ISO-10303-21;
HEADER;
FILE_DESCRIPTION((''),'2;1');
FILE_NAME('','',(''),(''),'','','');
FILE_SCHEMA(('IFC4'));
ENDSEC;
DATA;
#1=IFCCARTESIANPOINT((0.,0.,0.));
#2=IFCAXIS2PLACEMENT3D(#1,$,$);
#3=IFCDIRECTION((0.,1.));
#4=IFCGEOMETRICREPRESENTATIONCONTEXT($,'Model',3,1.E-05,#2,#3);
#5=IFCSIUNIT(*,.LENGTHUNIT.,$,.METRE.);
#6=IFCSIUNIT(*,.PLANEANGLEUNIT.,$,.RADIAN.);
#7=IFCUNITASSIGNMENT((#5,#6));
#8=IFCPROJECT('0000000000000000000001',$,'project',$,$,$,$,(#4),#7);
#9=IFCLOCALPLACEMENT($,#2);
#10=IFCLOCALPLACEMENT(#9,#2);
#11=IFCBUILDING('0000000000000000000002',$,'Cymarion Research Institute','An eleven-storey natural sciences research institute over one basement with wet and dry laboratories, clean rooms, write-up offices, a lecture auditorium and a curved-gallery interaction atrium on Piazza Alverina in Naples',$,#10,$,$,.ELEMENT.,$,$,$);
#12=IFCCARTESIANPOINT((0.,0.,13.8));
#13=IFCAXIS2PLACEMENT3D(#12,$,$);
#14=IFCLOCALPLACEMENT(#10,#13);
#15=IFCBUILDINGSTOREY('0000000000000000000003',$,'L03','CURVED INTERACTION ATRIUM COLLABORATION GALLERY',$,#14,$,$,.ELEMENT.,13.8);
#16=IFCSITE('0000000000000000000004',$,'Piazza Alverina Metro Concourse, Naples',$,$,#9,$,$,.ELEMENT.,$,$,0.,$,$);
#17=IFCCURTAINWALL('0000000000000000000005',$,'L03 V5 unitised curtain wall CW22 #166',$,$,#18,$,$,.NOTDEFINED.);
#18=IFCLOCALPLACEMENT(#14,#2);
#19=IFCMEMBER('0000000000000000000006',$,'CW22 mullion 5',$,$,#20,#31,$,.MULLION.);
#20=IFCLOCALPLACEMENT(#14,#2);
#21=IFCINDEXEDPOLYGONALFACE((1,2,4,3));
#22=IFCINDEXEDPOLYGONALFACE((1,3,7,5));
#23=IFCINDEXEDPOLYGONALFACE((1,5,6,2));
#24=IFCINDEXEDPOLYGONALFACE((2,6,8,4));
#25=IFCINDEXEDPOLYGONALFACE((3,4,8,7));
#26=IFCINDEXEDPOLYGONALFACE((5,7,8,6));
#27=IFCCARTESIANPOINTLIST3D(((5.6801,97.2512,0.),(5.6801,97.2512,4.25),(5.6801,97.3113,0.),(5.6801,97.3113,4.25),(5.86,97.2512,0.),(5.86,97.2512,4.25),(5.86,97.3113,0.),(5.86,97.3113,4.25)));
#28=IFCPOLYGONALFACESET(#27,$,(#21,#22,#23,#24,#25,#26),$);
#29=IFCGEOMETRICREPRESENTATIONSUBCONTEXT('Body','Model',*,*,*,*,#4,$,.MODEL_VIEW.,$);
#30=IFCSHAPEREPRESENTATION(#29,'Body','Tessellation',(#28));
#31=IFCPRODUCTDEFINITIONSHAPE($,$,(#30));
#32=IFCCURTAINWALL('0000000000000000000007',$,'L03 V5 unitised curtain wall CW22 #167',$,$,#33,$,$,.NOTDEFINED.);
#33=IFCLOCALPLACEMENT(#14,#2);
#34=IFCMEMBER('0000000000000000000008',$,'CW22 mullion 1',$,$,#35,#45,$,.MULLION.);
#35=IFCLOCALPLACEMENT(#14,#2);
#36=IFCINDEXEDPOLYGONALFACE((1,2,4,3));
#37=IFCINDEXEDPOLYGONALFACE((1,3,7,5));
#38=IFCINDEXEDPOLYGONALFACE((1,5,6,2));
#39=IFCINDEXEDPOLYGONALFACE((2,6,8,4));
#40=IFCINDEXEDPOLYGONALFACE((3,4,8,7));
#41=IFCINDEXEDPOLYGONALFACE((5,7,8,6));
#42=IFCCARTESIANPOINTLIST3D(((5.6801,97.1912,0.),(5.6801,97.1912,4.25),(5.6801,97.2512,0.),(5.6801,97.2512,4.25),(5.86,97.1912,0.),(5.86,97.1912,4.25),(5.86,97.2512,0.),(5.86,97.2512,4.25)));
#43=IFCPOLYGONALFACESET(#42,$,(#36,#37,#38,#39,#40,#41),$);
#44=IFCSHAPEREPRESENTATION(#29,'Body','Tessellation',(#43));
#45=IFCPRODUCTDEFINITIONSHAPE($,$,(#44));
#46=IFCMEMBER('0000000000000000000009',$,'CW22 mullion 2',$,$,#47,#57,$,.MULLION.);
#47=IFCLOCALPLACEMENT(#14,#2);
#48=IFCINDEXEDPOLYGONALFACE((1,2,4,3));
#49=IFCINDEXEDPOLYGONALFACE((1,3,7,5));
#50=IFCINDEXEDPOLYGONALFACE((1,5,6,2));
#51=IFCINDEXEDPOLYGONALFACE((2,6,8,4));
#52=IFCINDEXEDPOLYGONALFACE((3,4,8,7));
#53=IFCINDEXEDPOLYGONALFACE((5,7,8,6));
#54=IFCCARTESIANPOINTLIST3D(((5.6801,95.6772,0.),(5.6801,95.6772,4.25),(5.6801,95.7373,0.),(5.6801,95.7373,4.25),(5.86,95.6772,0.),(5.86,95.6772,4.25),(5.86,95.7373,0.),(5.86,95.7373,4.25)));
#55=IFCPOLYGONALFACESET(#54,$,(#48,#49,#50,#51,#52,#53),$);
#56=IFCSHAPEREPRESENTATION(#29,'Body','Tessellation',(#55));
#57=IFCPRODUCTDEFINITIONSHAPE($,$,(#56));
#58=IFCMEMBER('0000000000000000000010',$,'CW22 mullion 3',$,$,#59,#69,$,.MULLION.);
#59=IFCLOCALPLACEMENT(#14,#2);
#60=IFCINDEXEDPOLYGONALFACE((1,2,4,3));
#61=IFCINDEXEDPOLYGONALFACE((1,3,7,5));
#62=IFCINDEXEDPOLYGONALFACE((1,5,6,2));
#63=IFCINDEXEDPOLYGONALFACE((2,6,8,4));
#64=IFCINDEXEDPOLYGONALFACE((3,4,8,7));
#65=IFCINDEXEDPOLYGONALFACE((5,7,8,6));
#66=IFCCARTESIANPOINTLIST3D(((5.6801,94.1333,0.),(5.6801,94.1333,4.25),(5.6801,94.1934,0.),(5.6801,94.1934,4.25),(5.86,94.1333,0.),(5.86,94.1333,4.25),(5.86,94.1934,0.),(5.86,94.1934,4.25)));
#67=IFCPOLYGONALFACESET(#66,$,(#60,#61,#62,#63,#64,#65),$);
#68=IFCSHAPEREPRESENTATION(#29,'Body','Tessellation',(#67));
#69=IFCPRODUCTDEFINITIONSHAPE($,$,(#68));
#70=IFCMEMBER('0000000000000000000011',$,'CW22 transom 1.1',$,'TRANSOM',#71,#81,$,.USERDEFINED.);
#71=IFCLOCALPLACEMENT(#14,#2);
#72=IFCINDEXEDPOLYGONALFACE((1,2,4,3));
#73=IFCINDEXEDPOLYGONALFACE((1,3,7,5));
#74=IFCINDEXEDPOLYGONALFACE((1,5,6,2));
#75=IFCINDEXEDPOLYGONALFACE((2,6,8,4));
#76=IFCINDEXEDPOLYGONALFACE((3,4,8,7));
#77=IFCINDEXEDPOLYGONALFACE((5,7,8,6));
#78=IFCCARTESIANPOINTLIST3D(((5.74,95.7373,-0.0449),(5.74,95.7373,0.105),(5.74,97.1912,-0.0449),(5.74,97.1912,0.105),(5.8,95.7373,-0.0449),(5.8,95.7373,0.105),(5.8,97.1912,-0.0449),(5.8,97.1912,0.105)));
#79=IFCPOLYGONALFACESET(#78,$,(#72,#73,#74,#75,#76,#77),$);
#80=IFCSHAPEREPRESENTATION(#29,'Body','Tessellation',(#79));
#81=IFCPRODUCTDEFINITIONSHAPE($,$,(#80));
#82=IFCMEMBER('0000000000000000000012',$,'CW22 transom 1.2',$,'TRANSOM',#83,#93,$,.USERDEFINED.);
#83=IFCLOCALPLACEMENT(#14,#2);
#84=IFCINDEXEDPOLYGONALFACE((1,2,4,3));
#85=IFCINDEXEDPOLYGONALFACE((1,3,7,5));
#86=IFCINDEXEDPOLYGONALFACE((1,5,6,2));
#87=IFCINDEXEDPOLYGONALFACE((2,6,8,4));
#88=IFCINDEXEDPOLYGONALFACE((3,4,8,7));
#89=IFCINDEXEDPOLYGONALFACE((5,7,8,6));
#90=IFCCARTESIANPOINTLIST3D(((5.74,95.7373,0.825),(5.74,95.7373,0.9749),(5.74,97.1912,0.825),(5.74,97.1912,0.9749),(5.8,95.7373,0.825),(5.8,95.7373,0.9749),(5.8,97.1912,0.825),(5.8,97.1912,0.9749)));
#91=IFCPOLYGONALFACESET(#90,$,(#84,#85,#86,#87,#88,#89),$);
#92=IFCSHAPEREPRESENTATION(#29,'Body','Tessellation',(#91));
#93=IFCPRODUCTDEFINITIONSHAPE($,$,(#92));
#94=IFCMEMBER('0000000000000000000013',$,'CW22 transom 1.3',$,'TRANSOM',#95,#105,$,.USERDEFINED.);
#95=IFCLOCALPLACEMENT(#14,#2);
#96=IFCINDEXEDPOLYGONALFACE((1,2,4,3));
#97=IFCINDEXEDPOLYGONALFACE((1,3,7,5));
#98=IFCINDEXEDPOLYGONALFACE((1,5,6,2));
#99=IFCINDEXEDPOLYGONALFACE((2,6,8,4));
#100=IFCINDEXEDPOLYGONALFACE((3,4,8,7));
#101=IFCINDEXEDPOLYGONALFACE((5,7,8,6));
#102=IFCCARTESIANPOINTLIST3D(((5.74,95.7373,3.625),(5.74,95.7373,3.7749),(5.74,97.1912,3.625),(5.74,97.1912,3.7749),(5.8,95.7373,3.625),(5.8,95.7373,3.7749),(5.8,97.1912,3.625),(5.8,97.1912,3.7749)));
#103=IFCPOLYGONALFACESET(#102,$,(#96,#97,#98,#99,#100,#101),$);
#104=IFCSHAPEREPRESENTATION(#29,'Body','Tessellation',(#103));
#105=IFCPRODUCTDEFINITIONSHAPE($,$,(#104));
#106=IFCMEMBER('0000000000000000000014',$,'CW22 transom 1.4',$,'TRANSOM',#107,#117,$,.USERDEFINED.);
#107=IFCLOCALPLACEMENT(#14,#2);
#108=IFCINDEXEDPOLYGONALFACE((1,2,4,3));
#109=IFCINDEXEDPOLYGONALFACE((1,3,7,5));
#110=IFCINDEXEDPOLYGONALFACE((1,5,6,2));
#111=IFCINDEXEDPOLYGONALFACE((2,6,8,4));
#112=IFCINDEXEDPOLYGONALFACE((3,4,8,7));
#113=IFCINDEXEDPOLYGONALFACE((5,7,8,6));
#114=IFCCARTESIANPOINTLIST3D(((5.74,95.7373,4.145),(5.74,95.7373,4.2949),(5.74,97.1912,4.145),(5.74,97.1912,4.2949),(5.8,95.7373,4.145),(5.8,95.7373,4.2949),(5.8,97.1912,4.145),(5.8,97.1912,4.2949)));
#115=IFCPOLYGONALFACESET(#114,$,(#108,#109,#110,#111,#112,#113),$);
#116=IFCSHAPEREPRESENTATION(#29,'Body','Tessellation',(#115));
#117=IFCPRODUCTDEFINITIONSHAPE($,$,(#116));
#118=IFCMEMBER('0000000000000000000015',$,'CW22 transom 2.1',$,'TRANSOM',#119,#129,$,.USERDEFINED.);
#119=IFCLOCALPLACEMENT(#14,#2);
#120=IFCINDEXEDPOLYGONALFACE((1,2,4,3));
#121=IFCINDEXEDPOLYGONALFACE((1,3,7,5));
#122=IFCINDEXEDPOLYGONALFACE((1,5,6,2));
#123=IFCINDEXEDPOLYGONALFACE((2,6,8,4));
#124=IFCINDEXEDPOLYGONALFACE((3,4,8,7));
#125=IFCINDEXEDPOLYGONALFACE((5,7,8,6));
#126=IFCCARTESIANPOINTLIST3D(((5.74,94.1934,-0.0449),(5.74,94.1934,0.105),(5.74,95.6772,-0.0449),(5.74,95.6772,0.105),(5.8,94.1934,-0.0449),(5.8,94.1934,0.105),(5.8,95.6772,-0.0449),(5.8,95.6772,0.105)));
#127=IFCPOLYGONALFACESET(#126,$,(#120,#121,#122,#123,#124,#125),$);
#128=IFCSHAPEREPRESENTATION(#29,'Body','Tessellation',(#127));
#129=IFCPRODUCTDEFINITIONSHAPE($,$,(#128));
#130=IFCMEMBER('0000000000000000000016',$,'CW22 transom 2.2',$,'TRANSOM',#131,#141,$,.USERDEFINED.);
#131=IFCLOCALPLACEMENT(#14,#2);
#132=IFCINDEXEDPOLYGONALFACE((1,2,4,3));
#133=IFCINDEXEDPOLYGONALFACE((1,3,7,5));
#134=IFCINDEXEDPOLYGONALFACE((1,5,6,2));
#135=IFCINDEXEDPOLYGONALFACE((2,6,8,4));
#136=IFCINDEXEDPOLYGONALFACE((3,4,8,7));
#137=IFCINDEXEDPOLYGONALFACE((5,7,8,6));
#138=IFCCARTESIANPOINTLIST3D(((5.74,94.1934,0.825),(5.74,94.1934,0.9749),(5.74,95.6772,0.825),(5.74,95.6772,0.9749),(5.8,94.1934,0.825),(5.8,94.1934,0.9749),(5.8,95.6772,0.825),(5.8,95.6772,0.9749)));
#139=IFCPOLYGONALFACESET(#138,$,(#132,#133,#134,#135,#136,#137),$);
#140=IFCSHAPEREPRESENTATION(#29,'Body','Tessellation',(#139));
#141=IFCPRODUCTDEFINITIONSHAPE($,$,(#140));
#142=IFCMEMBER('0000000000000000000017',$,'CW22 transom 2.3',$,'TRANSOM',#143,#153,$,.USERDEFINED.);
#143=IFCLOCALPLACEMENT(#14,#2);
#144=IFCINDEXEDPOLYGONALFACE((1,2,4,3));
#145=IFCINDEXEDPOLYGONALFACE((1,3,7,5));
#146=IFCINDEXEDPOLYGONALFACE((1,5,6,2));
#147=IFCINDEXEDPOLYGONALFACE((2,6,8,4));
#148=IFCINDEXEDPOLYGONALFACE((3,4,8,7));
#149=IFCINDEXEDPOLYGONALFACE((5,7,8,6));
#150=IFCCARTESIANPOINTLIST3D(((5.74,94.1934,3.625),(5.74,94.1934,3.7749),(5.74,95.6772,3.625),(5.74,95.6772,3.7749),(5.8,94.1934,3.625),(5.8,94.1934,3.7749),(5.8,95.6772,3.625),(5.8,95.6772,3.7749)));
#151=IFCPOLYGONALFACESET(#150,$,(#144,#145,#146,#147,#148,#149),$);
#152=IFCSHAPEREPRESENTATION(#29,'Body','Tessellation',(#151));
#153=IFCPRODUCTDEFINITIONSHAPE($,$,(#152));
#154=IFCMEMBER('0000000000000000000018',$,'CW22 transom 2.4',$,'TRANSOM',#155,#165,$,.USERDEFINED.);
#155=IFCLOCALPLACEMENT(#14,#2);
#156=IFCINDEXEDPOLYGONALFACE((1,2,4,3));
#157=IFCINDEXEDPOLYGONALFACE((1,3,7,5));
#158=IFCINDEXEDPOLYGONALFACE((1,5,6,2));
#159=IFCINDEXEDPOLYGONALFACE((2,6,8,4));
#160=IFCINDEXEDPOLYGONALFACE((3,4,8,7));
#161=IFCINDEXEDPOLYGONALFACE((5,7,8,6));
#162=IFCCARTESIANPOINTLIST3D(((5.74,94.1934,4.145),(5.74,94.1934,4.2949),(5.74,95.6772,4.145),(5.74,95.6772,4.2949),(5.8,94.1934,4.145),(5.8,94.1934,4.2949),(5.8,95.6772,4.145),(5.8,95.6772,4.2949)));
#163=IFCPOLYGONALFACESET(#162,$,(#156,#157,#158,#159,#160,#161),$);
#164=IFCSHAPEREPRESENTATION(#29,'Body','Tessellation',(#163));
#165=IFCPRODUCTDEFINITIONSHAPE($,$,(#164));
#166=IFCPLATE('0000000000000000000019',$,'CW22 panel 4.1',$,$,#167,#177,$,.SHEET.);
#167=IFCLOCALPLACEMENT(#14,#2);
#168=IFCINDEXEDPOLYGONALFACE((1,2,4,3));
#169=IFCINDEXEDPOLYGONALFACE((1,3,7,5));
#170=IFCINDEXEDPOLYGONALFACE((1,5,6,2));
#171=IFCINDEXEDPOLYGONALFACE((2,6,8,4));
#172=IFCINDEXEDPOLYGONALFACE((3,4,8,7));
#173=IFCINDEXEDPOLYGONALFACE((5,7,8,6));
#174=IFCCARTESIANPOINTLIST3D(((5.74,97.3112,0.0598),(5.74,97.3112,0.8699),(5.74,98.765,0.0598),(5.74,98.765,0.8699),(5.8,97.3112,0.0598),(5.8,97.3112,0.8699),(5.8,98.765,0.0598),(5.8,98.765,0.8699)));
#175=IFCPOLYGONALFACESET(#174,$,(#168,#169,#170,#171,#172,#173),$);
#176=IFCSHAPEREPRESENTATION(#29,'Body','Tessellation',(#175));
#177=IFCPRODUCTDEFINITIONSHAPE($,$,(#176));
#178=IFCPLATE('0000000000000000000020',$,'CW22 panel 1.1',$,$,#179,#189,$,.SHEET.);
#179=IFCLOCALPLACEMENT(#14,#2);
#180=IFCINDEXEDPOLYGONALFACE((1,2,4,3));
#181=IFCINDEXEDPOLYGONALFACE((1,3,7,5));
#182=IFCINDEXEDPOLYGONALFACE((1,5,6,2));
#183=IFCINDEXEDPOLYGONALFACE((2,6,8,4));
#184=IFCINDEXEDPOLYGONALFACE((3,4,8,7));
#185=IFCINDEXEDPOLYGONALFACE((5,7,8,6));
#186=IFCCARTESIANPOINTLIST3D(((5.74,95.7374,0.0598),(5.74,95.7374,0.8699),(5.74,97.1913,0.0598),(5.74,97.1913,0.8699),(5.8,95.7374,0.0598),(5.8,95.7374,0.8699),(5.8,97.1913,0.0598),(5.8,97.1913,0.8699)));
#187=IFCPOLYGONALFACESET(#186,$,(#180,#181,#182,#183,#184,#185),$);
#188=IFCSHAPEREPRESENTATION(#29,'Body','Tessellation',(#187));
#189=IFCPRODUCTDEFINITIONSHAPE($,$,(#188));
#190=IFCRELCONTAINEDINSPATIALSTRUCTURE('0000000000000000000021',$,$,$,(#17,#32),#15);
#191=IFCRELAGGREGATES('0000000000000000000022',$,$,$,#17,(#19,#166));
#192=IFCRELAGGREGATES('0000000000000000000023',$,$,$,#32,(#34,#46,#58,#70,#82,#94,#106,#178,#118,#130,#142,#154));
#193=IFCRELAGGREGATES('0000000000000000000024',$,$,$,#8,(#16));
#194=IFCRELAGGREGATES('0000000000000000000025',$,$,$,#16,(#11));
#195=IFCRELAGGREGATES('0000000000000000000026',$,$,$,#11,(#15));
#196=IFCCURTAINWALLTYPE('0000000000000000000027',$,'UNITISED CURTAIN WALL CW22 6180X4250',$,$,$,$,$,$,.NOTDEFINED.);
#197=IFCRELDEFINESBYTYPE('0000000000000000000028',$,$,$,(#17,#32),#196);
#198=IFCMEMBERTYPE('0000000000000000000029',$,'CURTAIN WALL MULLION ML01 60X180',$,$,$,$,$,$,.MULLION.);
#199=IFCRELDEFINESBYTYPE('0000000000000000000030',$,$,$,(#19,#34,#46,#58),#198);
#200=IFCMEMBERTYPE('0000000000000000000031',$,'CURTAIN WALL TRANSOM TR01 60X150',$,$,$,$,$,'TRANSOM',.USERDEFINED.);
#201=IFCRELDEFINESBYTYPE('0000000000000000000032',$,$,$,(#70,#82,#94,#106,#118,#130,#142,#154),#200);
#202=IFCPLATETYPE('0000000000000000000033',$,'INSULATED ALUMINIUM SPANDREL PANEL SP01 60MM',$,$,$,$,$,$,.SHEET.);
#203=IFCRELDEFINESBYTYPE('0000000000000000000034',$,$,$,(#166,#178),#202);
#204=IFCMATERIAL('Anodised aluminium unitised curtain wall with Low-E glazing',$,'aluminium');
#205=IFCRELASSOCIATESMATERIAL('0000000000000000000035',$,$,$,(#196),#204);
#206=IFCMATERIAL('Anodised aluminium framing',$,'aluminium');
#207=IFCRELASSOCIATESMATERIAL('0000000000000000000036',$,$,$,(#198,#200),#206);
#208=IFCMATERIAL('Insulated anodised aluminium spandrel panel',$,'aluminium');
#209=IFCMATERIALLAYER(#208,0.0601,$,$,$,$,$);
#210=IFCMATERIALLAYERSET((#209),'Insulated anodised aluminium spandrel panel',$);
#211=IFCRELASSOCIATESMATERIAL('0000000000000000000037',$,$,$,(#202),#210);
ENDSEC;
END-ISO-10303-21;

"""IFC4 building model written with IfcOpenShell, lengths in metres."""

from ifc_helpers import new_model, si_unit, direction, frame, origin, origin_2d, place, context, subcontext, project, spatial, rectangle, extrude, material, layer, layer_set, material_profile, profile_set, type_object, element, aggregate, save


model = new_model("IFC4")

# Units and contexts
model_context = context("Model", 3, precision=1e-05, world=origin(), true_north=direction((0.0, 1.0)))
body_context = subcontext(model_context, "Body", "Model", "MODEL_VIEW")
ifc_project = project(units=[si_unit("LENGTHUNIT", "METRE"), si_unit("PLANEANGLEUNIT", "RADIAN")], contexts=[model_context])

# Site, building, storey
site_placement = place(None, origin())
site = spatial("IfcSite", under=ifc_project, at=site_placement, Name="Piazza Alverina Metro Concourse, Naples", CompositionType="ELEMENT", RefElevation=0.0)
building_placement = place(site_placement, origin())
building = spatial("IfcBuilding", under=site, at=building_placement, Name="Cymarion Research Institute", Description="An eleven-storey natural sciences research institute over one basement with wet and dry laboratories, clean rooms, write-up offices, a lecture auditorium and a curved-gallery interaction atrium on Piazza Alverina in Naples", CompositionType="ELEMENT")
storey_placement = place(building_placement, frame((0.0, 0.0, 13.8)))
storey = spatial("IfcBuildingStorey", under=building, at=storey_placement, Name="L03", Description="CURVED INTERACTION ATRIUM COLLABORATION GALLERY", CompositionType="ELEMENT", Elevation=13.8)

# Curtain wall, member
ifc_material_1 = material(Name="Anodised aluminium unitised curtain wall with Low-E glazing", Category="aluminium")
curtain_wall_type = type_object("IfcCurtainWallType", Name="UNITISED CURTAIN WALL CW22 6180X4250", PredefinedType="NOTDEFINED", material=ifc_material_1)
curtain_wall_1_placement = place(storey_placement, origin())
curtain_wall_1 = element("IfcCurtainWall", 1, at=curtain_wall_1_placement, inside=storey, type_object=curtain_wall_type, Name="L03 V5 unitised curtain wall CW22 #166", PredefinedType="NOTDEFINED")
ifc_material_2 = material(Name="Anodised aluminium framing", Category="aluminium")
ifc_material_profile_1 = material_profile(ifc_material_2, rectangle(XDim=0.0601, YDim=0.1799, at=origin_2d()), Name="ALU MULLION 60x180")
ifc_profile_set_1 = profile_set([ifc_material_profile_1], Name="Anodised aluminium framing")
member_type_1 = type_object("IfcMemberType", Name="CURTAIN WALL MULLION ML01 60X180", PredefinedType="MULLION", material=ifc_profile_set_1)
member_1_placement = place(storey_placement, frame((5.77, 97.2812, 0.0), z_axis=(0.0, 0.0, 1.0), x_axis=(0.0, -1.0, 0.0)))
member_1 = element("IfcMember", 2, at=member_1_placement, type_object=member_type_1, Name="CW22 mullion 5", PredefinedType="MULLION", context=body_context, shape_type="SweptSolid", body=[
    extrude(rectangle(XDim=0.0601, YDim=0.1799, at=origin_2d()), origin(), (0.0, 0.0, 1.0), 4.25),
])

# Curtain wall, members
curtain_wall_2_placement = place(storey_placement, origin())
curtain_wall_2 = element("IfcCurtainWall", 3, at=curtain_wall_2_placement, inside=storey, type_object=curtain_wall_type, Name="L03 V5 unitised curtain wall CW22 #167", PredefinedType="NOTDEFINED")
member_2_placement = place(storey_placement, frame((5.77, 97.2212, 0.0), z_axis=(0.0, 0.0, 1.0), x_axis=(0.0, -1.0, 0.0)))
member_2 = element("IfcMember", 4, at=member_2_placement, type_object=member_type_1, Name="CW22 mullion 1", PredefinedType="MULLION", context=body_context, shape_type="SweptSolid", body=[
    extrude(rectangle(XDim=0.0601, YDim=0.1799, at=origin_2d()), origin(), (0.0, 0.0, 1.0), 4.25),
])
member_3_placement = place(storey_placement, frame((5.77, 95.7073, 0.0), z_axis=(0.0, 0.0, 1.0), x_axis=(0.0, -1.0, 0.0)))
member_3 = element("IfcMember", 5, at=member_3_placement, type_object=member_type_1, Name="CW22 mullion 2", PredefinedType="MULLION", context=body_context, shape_type="SweptSolid", body=[
    extrude(rectangle(XDim=0.0601, YDim=0.1799, at=origin_2d()), origin(), (0.0, 0.0, 1.0), 4.25),
])
member_4_placement = place(storey_placement, frame((5.77, 94.1633, 0.0), z_axis=(0.0, 0.0, 1.0), x_axis=(0.0, -1.0, 0.0)))
member_4 = element("IfcMember", 6, at=member_4_placement, type_object=member_type_1, Name="CW22 mullion 3", PredefinedType="MULLION", context=body_context, shape_type="SweptSolid", body=[
    extrude(rectangle(XDim=0.0601, YDim=0.1799, at=origin_2d()), origin(), (0.0, 0.0, 1.0), 4.25),
])
ifc_material_profile_2 = material_profile(ifc_material_2, rectangle(XDim=0.0601, YDim=0.1499, at=origin_2d()), Name="ALU TRANSOM 60x150")
ifc_profile_set_2 = profile_set([ifc_material_profile_2], Name="Anodised aluminium framing")
member_type_2 = type_object("IfcMemberType", Name="CURTAIN WALL TRANSOM TR01 60X150", ElementType="TRANSOM", PredefinedType="USERDEFINED", material=ifc_profile_set_2)
member_5_placement = place(storey_placement, frame((5.77, 97.1912, 0.03), z_axis=(0.0, -1.0, 0.0), x_axis=(1.0, 0.0, 0.0)))
member_5 = element("IfcMember", 7, at=member_5_placement, type_object=member_type_2, Name="CW22 transom 1.1", ObjectType="TRANSOM", PredefinedType="USERDEFINED", context=body_context, shape_type="SweptSolid", body=[
    extrude(rectangle(XDim=0.0601, YDim=0.1499, at=origin_2d()), origin(), (0.0, 0.0, 1.0), 1.4539),
])
member_6_placement = place(storey_placement, frame((5.77, 97.1912, 0.8999), z_axis=(0.0, -1.0, 0.0), x_axis=(1.0, 0.0, 0.0)))
member_6 = element("IfcMember", 8, at=member_6_placement, type_object=member_type_2, Name="CW22 transom 1.2", ObjectType="TRANSOM", PredefinedType="USERDEFINED", context=body_context, shape_type="SweptSolid", body=[
    extrude(rectangle(XDim=0.0601, YDim=0.1499, at=origin_2d()), origin(), (0.0, 0.0, 1.0), 1.4539),
])
member_7_placement = place(storey_placement, frame((5.77, 97.1912, 3.7), z_axis=(0.0, -1.0, 0.0), x_axis=(1.0, 0.0, 0.0)))
member_7 = element("IfcMember", 9, at=member_7_placement, type_object=member_type_2, Name="CW22 transom 1.3", ObjectType="TRANSOM", PredefinedType="USERDEFINED", context=body_context, shape_type="SweptSolid", body=[
    extrude(rectangle(XDim=0.0601, YDim=0.1499, at=origin_2d()), origin(), (0.0, 0.0, 1.0), 1.4539),
])
member_8_placement = place(storey_placement, frame((5.77, 97.1912, 4.22), z_axis=(0.0, -1.0, 0.0), x_axis=(1.0, 0.0, 0.0)))
member_8 = element("IfcMember", 10, at=member_8_placement, type_object=member_type_2, Name="CW22 transom 1.4", ObjectType="TRANSOM", PredefinedType="USERDEFINED", context=body_context, shape_type="SweptSolid", body=[
    extrude(rectangle(XDim=0.0601, YDim=0.1499, at=origin_2d()), origin(), (0.0, 0.0, 1.0), 1.4539),
])
member_9_placement = place(storey_placement, frame((5.77, 95.6772, 0.03), z_axis=(0.0, -1.0, 0.0), x_axis=(1.0, 0.0, 0.0)))
member_9 = element("IfcMember", 11, at=member_9_placement, type_object=member_type_2, Name="CW22 transom 2.1", ObjectType="TRANSOM", PredefinedType="USERDEFINED", context=body_context, shape_type="SweptSolid", body=[
    extrude(rectangle(XDim=0.0601, YDim=0.1499, at=origin_2d()), origin(), (0.0, 0.0, 1.0), 1.4839),
])
member_10_placement = place(storey_placement, frame((5.77, 95.6772, 0.8999), z_axis=(0.0, -1.0, 0.0), x_axis=(1.0, 0.0, 0.0)))
member_10 = element("IfcMember", 12, at=member_10_placement, type_object=member_type_2, Name="CW22 transom 2.2", ObjectType="TRANSOM", PredefinedType="USERDEFINED", context=body_context, shape_type="SweptSolid", body=[
    extrude(rectangle(XDim=0.0601, YDim=0.1499, at=origin_2d()), origin(), (0.0, 0.0, 1.0), 1.4839),
])
member_11_placement = place(storey_placement, frame((5.77, 95.6772, 3.7), z_axis=(0.0, -1.0, 0.0), x_axis=(1.0, 0.0, 0.0)))
member_11 = element("IfcMember", 13, at=member_11_placement, type_object=member_type_2, Name="CW22 transom 2.3", ObjectType="TRANSOM", PredefinedType="USERDEFINED", context=body_context, shape_type="SweptSolid", body=[
    extrude(rectangle(XDim=0.0601, YDim=0.1499, at=origin_2d()), origin(), (0.0, 0.0, 1.0), 1.4839),
])
member_12_placement = place(storey_placement, frame((5.77, 95.6772, 4.22), z_axis=(0.0, -1.0, 0.0), x_axis=(1.0, 0.0, 0.0)))
member_12 = element("IfcMember", 14, at=member_12_placement, type_object=member_type_2, Name="CW22 transom 2.4", ObjectType="TRANSOM", PredefinedType="USERDEFINED", context=body_context, shape_type="SweptSolid", body=[
    extrude(rectangle(XDim=0.0601, YDim=0.1499, at=origin_2d()), origin(), (0.0, 0.0, 1.0), 1.4839),
])

# Plates
ifc_material_3 = material(Name="Insulated anodised aluminium spandrel panel", Category="aluminium")
ifc_layer_1 = layer(ifc_material_3, 0.0601)
ifc_layer_set_1 = layer_set([ifc_layer_1], Name="Insulated anodised aluminium spandrel panel")
plate_type_1 = type_object("IfcPlateType", Name="INSULATED ALUMINIUM SPANDREL PANEL SP01 60MM", PredefinedType="SHEET", material=ifc_layer_set_1)
plate_1_placement = place(storey_placement, frame((5.77, 98.0381, 0.0598), z_axis=(0.0, 0.0, 1.0), x_axis=(0.0, -1.0, 0.0)))
plate_1 = element("IfcPlate", 15, at=plate_1_placement, type_object=plate_type_1, Name="CW22 panel 4.1", PredefinedType="SHEET", context=body_context, shape_type="SweptSolid", body=[
    extrude(rectangle(XDim=1.4539, YDim=0.0601, at=origin_2d()), origin(), (0.0, 0.0, 1.0), 0.8101),
])
plate_2_placement = place(storey_placement, frame((5.77, 96.4644, 0.0598), z_axis=(0.0, 0.0, 1.0), x_axis=(0.0, -1.0, 0.0)))
plate_2 = element("IfcPlate", 16, at=plate_2_placement, type_object=plate_type_1, Name="CW22 panel 1.1", PredefinedType="SHEET", context=body_context, shape_type="SweptSolid", body=[
    extrude(rectangle(XDim=1.4539, YDim=0.0601, at=origin_2d()), origin(), (0.0, 0.0, 1.0), 0.8101),
])
aggregate(curtain_wall_1, [member_1, plate_1])
aggregate(curtain_wall_2, [member_2, member_3, member_4, member_5, member_6, member_7, member_8, plate_2, member_9, member_10, member_11, member_12])

save(model, "model.ifc")
